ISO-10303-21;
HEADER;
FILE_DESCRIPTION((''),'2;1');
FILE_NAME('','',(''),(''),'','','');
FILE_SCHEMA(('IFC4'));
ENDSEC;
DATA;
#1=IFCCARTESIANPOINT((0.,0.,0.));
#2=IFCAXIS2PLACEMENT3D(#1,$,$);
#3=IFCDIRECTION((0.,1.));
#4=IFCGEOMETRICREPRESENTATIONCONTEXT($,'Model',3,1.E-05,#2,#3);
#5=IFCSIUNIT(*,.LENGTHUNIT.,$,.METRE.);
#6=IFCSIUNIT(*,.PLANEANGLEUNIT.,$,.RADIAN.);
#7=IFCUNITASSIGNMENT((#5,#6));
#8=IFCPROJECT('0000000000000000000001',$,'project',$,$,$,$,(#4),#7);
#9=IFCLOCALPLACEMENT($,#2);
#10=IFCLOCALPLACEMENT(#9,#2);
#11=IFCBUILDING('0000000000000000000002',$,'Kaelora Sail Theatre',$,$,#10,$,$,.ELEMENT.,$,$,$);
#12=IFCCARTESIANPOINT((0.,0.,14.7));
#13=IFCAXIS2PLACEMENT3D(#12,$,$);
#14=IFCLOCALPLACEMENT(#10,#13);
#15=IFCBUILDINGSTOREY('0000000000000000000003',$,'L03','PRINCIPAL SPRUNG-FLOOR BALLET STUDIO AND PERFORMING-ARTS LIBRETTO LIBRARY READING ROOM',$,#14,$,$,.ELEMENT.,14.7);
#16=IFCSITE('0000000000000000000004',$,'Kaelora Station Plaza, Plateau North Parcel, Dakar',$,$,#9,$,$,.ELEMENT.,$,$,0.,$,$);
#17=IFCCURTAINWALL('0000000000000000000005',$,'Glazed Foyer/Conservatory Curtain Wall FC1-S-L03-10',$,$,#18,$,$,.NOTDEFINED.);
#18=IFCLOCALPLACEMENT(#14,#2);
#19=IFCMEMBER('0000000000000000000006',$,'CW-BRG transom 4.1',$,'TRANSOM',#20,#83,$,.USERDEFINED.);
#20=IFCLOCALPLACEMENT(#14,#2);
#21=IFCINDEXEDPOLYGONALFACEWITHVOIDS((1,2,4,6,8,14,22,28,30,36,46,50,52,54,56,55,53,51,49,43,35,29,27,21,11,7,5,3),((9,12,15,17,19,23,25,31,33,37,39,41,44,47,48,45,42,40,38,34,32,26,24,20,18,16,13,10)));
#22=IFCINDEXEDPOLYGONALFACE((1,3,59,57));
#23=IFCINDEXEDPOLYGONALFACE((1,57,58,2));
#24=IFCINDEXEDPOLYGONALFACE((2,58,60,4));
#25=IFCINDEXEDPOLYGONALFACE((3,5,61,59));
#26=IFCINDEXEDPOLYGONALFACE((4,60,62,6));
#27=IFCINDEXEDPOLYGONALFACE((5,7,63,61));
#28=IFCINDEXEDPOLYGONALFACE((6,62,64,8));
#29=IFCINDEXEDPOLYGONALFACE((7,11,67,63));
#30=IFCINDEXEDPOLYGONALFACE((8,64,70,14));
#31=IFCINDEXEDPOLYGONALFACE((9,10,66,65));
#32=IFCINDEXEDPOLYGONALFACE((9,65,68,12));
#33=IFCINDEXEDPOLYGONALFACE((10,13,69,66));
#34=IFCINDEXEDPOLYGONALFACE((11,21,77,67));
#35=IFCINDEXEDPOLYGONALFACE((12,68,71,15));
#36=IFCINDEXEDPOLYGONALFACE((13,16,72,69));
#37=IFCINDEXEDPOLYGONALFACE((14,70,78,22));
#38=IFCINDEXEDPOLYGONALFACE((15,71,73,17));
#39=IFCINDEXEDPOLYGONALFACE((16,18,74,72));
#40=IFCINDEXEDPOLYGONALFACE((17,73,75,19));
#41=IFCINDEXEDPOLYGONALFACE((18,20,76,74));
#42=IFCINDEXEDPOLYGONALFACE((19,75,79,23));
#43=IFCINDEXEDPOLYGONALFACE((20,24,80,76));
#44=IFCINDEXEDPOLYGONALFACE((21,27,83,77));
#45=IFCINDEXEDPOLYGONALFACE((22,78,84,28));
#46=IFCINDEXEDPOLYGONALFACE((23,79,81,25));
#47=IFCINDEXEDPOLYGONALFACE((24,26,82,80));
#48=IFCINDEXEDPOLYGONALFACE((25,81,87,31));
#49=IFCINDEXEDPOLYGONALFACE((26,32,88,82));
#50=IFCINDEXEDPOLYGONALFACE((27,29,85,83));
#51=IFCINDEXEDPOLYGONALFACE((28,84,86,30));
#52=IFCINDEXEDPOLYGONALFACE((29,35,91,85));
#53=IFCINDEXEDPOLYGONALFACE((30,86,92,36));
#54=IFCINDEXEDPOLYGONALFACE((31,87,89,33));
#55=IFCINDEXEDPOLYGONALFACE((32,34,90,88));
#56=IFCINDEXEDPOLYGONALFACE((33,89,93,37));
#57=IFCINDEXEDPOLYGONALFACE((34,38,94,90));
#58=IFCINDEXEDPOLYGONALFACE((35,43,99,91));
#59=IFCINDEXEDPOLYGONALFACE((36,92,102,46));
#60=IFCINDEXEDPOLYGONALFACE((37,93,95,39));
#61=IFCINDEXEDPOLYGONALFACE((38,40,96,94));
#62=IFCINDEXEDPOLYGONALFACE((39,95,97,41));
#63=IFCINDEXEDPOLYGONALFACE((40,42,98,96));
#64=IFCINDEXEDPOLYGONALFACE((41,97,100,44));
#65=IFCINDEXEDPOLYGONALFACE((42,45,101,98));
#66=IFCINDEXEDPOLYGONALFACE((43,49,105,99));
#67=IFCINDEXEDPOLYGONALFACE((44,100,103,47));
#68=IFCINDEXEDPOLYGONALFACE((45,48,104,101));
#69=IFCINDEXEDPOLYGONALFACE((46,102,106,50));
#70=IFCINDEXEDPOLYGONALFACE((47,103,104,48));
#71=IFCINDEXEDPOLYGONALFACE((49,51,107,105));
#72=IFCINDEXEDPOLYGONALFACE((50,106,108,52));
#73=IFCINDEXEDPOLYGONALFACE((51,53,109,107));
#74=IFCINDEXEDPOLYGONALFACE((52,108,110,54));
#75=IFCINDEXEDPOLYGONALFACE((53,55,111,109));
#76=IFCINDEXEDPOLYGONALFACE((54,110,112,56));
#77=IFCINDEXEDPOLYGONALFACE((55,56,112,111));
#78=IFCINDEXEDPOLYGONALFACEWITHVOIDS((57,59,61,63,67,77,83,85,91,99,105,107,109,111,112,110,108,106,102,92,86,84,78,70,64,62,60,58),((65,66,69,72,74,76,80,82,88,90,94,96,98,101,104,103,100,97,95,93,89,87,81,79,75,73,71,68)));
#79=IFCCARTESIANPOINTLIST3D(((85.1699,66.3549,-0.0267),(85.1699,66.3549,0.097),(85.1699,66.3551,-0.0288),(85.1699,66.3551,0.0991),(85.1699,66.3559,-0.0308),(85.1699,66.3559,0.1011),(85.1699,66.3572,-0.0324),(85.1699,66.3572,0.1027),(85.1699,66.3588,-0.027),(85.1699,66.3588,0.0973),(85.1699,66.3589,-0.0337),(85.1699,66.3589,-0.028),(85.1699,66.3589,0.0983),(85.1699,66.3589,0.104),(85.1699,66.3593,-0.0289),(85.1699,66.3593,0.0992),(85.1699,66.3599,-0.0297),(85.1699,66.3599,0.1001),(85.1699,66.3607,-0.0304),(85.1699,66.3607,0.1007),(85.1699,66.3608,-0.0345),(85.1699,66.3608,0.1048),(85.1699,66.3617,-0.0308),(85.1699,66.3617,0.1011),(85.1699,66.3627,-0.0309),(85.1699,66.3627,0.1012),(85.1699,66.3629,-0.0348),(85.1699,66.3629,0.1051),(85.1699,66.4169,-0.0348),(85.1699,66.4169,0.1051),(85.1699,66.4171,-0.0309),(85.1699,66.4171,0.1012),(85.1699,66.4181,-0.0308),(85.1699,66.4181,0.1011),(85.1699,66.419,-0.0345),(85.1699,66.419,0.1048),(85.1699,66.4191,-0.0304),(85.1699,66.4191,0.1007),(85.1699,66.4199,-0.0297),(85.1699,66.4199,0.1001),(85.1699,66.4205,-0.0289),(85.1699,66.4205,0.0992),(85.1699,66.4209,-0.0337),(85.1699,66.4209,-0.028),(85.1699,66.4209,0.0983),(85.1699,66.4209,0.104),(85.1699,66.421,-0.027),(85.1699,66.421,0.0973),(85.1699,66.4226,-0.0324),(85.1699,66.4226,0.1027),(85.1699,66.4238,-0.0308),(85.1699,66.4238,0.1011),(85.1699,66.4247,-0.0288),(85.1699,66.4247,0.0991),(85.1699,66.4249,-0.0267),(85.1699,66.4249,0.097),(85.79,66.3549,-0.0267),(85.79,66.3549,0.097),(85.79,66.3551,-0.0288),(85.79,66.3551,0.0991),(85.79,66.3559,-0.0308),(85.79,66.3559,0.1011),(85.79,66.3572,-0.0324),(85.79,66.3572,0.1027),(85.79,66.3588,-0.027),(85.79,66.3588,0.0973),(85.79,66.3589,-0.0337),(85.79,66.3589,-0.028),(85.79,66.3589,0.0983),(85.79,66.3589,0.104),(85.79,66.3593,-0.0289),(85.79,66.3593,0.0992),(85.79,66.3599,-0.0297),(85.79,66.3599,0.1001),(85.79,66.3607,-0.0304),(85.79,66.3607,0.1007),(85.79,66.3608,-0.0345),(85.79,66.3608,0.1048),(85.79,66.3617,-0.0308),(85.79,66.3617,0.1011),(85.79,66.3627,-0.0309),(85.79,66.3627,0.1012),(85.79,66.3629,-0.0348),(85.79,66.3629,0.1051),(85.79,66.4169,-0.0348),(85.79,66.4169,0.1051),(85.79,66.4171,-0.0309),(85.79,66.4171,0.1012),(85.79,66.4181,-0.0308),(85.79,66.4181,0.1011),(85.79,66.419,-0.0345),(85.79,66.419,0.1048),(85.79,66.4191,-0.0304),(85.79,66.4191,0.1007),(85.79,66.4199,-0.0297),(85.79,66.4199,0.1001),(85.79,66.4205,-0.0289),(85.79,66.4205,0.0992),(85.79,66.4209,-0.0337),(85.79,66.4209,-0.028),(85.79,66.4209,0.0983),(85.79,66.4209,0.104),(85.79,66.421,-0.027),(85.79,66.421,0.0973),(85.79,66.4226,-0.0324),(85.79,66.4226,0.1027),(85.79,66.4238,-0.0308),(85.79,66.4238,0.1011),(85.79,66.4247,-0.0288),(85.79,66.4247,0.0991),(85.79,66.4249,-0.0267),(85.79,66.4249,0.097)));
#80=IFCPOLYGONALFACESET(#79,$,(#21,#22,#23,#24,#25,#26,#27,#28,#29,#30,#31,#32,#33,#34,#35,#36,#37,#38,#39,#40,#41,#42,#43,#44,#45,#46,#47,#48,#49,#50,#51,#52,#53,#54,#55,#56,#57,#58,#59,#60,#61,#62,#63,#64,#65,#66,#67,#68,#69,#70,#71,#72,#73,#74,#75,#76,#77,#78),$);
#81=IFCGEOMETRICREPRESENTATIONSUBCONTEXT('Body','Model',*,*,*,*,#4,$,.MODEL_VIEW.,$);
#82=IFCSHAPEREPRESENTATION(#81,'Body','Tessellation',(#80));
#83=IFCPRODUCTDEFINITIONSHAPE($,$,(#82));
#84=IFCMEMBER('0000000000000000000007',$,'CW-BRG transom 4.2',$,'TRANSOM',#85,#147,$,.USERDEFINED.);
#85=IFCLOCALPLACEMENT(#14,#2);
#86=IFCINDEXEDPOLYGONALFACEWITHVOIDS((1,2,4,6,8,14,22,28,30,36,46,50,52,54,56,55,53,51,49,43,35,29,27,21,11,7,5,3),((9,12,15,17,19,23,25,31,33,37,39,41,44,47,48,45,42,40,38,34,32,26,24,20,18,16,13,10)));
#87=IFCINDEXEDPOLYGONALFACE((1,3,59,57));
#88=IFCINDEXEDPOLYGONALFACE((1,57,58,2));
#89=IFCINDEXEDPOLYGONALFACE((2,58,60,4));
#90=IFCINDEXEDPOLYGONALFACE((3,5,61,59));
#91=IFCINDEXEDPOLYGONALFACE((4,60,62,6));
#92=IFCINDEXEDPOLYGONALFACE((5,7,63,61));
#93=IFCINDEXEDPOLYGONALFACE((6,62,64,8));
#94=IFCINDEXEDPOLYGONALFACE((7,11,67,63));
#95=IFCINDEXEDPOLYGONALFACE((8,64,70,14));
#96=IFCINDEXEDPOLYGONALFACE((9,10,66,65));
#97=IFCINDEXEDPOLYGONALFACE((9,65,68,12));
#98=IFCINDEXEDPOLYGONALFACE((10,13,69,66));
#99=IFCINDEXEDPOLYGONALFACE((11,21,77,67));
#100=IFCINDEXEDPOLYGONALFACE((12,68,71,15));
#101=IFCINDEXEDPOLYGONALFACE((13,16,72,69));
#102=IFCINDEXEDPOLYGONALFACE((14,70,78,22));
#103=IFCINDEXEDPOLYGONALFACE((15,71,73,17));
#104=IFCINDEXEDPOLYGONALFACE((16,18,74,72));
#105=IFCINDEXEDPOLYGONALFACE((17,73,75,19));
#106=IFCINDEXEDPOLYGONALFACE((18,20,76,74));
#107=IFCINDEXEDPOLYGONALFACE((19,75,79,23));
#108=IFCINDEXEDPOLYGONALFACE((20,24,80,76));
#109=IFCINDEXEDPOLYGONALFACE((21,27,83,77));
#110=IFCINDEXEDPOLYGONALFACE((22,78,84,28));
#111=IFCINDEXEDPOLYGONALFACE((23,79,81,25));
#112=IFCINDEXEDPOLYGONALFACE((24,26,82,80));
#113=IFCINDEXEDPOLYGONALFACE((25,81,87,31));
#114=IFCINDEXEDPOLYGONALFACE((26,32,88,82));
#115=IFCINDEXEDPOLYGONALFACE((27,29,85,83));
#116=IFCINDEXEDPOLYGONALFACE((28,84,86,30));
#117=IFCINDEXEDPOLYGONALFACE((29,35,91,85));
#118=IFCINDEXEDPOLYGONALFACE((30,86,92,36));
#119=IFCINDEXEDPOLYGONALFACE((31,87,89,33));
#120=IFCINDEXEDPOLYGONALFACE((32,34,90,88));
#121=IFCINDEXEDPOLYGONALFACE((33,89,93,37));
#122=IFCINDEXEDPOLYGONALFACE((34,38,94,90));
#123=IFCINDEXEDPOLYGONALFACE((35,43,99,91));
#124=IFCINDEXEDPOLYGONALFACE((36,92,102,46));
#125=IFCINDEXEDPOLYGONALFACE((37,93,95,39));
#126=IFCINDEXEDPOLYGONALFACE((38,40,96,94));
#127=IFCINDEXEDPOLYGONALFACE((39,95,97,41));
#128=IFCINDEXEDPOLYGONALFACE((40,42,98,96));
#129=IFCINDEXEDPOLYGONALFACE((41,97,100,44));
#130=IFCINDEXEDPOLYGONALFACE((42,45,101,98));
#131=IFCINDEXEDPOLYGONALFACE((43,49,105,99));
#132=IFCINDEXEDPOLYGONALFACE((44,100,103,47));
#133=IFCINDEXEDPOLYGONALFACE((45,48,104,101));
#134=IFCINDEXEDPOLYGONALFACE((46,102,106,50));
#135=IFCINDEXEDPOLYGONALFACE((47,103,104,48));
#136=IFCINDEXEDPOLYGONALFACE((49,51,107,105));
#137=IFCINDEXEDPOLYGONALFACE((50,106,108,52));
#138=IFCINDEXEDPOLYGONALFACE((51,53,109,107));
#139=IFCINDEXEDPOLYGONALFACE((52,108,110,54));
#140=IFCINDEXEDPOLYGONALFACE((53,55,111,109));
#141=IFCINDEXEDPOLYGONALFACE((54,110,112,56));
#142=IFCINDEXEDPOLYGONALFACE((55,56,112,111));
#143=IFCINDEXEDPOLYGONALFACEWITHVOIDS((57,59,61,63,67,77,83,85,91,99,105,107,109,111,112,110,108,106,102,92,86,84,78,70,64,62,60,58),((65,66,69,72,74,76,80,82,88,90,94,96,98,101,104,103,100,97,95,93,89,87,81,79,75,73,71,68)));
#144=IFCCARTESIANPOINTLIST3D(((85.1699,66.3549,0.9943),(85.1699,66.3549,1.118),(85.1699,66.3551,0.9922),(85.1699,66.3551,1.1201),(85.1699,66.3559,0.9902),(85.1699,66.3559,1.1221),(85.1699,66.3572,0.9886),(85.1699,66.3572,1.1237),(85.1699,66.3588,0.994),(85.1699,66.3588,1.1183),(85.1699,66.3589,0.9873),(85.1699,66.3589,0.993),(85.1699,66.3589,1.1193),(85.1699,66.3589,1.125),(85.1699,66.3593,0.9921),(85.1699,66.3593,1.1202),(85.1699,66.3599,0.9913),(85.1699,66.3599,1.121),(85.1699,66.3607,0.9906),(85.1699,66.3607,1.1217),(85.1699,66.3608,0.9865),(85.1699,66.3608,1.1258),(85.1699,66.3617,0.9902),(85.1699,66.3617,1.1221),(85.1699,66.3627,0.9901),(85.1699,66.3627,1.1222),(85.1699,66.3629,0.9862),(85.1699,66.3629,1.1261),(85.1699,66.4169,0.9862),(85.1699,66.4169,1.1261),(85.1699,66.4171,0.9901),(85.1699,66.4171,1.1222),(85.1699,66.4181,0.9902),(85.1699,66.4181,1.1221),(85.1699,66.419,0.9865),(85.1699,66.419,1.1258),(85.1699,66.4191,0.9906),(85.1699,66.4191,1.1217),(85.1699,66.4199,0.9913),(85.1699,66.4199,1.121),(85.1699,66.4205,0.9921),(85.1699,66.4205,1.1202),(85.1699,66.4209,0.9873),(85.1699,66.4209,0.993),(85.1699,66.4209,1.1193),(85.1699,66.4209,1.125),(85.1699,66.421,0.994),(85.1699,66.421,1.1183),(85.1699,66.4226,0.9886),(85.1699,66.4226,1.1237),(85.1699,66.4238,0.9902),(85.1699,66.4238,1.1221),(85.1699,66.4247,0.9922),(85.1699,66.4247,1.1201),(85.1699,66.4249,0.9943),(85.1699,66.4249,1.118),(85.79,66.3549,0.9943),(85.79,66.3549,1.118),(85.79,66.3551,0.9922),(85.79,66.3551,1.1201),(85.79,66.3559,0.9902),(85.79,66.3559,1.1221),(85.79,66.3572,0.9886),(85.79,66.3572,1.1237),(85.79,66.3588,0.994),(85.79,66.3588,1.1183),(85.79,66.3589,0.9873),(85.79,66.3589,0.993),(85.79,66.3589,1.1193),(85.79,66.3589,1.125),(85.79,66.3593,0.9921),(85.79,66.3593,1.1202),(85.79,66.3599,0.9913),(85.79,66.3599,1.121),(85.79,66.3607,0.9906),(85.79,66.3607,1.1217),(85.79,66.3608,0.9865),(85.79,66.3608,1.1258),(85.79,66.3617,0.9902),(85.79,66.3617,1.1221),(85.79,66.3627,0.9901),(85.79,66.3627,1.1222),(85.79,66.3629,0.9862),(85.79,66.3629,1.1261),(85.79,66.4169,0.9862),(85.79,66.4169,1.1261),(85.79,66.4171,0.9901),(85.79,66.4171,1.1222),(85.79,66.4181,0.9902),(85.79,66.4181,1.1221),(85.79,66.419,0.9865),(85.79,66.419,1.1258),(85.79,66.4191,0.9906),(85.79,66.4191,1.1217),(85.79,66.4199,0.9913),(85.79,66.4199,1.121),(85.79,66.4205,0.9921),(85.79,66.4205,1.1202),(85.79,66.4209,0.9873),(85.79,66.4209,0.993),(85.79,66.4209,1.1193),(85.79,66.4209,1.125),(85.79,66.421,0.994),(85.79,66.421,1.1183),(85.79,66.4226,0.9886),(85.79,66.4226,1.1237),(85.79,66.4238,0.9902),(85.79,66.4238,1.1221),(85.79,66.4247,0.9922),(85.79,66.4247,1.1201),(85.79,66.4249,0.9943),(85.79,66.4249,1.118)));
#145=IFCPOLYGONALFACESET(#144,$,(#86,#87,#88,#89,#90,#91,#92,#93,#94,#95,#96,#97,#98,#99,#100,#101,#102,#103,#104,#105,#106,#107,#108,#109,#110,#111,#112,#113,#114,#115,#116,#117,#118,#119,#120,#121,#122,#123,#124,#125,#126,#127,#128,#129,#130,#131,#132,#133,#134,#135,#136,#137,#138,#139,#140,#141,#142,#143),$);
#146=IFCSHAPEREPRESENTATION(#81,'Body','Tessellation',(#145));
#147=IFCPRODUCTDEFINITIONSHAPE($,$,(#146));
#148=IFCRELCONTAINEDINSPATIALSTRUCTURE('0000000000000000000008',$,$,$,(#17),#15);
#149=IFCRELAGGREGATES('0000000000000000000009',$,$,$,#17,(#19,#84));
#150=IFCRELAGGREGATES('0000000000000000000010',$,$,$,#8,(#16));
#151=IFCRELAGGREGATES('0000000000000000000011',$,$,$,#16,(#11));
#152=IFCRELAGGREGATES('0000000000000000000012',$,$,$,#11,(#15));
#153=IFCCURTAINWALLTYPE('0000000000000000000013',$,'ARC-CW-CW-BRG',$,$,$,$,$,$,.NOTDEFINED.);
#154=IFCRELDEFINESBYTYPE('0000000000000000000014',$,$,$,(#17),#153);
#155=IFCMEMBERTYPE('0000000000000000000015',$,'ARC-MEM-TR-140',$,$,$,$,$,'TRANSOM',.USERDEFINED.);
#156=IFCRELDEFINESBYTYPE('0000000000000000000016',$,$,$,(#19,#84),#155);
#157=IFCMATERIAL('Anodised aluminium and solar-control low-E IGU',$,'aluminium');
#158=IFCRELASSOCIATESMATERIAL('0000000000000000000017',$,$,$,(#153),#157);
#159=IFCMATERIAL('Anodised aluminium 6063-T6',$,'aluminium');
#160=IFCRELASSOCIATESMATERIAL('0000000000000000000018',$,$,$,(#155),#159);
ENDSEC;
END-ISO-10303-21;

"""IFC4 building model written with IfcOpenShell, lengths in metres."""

from ifc_helpers import new_model, si_unit, direction, frame, origin, origin_2d, place, context, subcontext, project, spatial, hollow_rectangle, extrude, material, material_profile, profile_set, type_object, element, aggregate, save


model = new_model("IFC4")

# Units and contexts
model_context = context("Model", 3, precision=1e-05, world=origin(), true_north=direction((0.0, 1.0)))
body_context = subcontext(model_context, "Body", "Model", "MODEL_VIEW")
ifc_project = project(units=[si_unit("LENGTHUNIT", "METRE"), si_unit("PLANEANGLEUNIT", "RADIAN")], contexts=[model_context])

# Site, building, storey
site_placement = place(None, origin())
site = spatial("IfcSite", under=ifc_project, at=site_placement, Name="Kaelora Station Plaza, Plateau North Parcel, Dakar", CompositionType="ELEMENT", RefElevation=0.0)
building_placement = place(site_placement, origin())
building = spatial("IfcBuilding", under=site, at=building_placement, Name="Kaelora Sail Theatre", CompositionType="ELEMENT")
storey_placement = place(building_placement, frame((0.0, 0.0, 14.7)))
storey = spatial("IfcBuildingStorey", under=building, at=storey_placement, Name="L03", Description="PRINCIPAL SPRUNG-FLOOR BALLET STUDIO AND PERFORMING-ARTS LIBRETTO LIBRARY READING ROOM", CompositionType="ELEMENT", Elevation=14.7)

# Curtain wall, members
ifc_material_1 = material(Name="Anodised aluminium and solar-control low-E IGU", Category="aluminium")
curtain_wall_type = type_object("IfcCurtainWallType", Name="ARC-CW-CW-BRG", PredefinedType="NOTDEFINED", material=ifc_material_1)
curtain_wall_placement = place(storey_placement, origin())
curtain_wall = element("IfcCurtainWall", 1, at=curtain_wall_placement, inside=storey, type_object=curtain_wall_type, Name="Glazed Foyer/Conservatory Curtain Wall FC1-S-L03-10", PredefinedType="NOTDEFINED")
ifc_material_2 = material(Name="Anodised aluminium 6063-T6", Category="aluminium")
ifc_material_profile_1 = material_profile(ifc_material_2, hollow_rectangle(XDim=0.0701, YDim=0.1399, WallThickness=0.0039, InnerFilletRadius=0.0039, OuterFilletRadius=0.0081, at=origin_2d()), Name="ALU-TRAN 70x140x4")
ifc_profile_set_1 = profile_set([ifc_material_profile_1], Name="Anodised aluminium 6063-T6")
member_type_1 = type_object("IfcMemberType", Name="ARC-MEM-TR-140", ElementType="TRANSOM", PredefinedType="USERDEFINED", material=ifc_profile_set_1)
member_1_placement = place(storey_placement, frame((85.1699, 66.3899, 0.0352), z_axis=(1.0, 0.0, 0.0), x_axis=(0.0, 1.0, 0.0)))
member_1 = element("IfcMember", 2, at=member_1_placement, type_object=member_type_1, Name="CW-BRG transom 4.1", ObjectType="TRANSOM", PredefinedType="USERDEFINED", context=body_context, shape_type="SweptSolid", body=[
    extrude(hollow_rectangle(XDim=0.0701, YDim=0.1399, WallThickness=0.0039, InnerFilletRadius=0.0039, OuterFilletRadius=0.0081, at=origin_2d()), origin(), (0.0, 0.0, 1.0), 0.6201),
])
member_2_placement = place(storey_placement, frame((85.1699, 66.3899, 1.0562), z_axis=(1.0, 0.0, 0.0), x_axis=(0.0, 1.0, 0.0)))
member_2 = element("IfcMember", 3, at=member_2_placement, type_object=member_type_1, Name="CW-BRG transom 4.2", ObjectType="TRANSOM", PredefinedType="USERDEFINED", context=body_context, shape_type="SweptSolid", body=[
    extrude(hollow_rectangle(XDim=0.0701, YDim=0.1399, WallThickness=0.0039, InnerFilletRadius=0.0039, OuterFilletRadius=0.0081, at=origin_2d()), origin(), (0.0, 0.0, 1.0), 0.6201),
])
aggregate(curtain_wall, [member_1, member_2])

save(model, "model.ifc")
